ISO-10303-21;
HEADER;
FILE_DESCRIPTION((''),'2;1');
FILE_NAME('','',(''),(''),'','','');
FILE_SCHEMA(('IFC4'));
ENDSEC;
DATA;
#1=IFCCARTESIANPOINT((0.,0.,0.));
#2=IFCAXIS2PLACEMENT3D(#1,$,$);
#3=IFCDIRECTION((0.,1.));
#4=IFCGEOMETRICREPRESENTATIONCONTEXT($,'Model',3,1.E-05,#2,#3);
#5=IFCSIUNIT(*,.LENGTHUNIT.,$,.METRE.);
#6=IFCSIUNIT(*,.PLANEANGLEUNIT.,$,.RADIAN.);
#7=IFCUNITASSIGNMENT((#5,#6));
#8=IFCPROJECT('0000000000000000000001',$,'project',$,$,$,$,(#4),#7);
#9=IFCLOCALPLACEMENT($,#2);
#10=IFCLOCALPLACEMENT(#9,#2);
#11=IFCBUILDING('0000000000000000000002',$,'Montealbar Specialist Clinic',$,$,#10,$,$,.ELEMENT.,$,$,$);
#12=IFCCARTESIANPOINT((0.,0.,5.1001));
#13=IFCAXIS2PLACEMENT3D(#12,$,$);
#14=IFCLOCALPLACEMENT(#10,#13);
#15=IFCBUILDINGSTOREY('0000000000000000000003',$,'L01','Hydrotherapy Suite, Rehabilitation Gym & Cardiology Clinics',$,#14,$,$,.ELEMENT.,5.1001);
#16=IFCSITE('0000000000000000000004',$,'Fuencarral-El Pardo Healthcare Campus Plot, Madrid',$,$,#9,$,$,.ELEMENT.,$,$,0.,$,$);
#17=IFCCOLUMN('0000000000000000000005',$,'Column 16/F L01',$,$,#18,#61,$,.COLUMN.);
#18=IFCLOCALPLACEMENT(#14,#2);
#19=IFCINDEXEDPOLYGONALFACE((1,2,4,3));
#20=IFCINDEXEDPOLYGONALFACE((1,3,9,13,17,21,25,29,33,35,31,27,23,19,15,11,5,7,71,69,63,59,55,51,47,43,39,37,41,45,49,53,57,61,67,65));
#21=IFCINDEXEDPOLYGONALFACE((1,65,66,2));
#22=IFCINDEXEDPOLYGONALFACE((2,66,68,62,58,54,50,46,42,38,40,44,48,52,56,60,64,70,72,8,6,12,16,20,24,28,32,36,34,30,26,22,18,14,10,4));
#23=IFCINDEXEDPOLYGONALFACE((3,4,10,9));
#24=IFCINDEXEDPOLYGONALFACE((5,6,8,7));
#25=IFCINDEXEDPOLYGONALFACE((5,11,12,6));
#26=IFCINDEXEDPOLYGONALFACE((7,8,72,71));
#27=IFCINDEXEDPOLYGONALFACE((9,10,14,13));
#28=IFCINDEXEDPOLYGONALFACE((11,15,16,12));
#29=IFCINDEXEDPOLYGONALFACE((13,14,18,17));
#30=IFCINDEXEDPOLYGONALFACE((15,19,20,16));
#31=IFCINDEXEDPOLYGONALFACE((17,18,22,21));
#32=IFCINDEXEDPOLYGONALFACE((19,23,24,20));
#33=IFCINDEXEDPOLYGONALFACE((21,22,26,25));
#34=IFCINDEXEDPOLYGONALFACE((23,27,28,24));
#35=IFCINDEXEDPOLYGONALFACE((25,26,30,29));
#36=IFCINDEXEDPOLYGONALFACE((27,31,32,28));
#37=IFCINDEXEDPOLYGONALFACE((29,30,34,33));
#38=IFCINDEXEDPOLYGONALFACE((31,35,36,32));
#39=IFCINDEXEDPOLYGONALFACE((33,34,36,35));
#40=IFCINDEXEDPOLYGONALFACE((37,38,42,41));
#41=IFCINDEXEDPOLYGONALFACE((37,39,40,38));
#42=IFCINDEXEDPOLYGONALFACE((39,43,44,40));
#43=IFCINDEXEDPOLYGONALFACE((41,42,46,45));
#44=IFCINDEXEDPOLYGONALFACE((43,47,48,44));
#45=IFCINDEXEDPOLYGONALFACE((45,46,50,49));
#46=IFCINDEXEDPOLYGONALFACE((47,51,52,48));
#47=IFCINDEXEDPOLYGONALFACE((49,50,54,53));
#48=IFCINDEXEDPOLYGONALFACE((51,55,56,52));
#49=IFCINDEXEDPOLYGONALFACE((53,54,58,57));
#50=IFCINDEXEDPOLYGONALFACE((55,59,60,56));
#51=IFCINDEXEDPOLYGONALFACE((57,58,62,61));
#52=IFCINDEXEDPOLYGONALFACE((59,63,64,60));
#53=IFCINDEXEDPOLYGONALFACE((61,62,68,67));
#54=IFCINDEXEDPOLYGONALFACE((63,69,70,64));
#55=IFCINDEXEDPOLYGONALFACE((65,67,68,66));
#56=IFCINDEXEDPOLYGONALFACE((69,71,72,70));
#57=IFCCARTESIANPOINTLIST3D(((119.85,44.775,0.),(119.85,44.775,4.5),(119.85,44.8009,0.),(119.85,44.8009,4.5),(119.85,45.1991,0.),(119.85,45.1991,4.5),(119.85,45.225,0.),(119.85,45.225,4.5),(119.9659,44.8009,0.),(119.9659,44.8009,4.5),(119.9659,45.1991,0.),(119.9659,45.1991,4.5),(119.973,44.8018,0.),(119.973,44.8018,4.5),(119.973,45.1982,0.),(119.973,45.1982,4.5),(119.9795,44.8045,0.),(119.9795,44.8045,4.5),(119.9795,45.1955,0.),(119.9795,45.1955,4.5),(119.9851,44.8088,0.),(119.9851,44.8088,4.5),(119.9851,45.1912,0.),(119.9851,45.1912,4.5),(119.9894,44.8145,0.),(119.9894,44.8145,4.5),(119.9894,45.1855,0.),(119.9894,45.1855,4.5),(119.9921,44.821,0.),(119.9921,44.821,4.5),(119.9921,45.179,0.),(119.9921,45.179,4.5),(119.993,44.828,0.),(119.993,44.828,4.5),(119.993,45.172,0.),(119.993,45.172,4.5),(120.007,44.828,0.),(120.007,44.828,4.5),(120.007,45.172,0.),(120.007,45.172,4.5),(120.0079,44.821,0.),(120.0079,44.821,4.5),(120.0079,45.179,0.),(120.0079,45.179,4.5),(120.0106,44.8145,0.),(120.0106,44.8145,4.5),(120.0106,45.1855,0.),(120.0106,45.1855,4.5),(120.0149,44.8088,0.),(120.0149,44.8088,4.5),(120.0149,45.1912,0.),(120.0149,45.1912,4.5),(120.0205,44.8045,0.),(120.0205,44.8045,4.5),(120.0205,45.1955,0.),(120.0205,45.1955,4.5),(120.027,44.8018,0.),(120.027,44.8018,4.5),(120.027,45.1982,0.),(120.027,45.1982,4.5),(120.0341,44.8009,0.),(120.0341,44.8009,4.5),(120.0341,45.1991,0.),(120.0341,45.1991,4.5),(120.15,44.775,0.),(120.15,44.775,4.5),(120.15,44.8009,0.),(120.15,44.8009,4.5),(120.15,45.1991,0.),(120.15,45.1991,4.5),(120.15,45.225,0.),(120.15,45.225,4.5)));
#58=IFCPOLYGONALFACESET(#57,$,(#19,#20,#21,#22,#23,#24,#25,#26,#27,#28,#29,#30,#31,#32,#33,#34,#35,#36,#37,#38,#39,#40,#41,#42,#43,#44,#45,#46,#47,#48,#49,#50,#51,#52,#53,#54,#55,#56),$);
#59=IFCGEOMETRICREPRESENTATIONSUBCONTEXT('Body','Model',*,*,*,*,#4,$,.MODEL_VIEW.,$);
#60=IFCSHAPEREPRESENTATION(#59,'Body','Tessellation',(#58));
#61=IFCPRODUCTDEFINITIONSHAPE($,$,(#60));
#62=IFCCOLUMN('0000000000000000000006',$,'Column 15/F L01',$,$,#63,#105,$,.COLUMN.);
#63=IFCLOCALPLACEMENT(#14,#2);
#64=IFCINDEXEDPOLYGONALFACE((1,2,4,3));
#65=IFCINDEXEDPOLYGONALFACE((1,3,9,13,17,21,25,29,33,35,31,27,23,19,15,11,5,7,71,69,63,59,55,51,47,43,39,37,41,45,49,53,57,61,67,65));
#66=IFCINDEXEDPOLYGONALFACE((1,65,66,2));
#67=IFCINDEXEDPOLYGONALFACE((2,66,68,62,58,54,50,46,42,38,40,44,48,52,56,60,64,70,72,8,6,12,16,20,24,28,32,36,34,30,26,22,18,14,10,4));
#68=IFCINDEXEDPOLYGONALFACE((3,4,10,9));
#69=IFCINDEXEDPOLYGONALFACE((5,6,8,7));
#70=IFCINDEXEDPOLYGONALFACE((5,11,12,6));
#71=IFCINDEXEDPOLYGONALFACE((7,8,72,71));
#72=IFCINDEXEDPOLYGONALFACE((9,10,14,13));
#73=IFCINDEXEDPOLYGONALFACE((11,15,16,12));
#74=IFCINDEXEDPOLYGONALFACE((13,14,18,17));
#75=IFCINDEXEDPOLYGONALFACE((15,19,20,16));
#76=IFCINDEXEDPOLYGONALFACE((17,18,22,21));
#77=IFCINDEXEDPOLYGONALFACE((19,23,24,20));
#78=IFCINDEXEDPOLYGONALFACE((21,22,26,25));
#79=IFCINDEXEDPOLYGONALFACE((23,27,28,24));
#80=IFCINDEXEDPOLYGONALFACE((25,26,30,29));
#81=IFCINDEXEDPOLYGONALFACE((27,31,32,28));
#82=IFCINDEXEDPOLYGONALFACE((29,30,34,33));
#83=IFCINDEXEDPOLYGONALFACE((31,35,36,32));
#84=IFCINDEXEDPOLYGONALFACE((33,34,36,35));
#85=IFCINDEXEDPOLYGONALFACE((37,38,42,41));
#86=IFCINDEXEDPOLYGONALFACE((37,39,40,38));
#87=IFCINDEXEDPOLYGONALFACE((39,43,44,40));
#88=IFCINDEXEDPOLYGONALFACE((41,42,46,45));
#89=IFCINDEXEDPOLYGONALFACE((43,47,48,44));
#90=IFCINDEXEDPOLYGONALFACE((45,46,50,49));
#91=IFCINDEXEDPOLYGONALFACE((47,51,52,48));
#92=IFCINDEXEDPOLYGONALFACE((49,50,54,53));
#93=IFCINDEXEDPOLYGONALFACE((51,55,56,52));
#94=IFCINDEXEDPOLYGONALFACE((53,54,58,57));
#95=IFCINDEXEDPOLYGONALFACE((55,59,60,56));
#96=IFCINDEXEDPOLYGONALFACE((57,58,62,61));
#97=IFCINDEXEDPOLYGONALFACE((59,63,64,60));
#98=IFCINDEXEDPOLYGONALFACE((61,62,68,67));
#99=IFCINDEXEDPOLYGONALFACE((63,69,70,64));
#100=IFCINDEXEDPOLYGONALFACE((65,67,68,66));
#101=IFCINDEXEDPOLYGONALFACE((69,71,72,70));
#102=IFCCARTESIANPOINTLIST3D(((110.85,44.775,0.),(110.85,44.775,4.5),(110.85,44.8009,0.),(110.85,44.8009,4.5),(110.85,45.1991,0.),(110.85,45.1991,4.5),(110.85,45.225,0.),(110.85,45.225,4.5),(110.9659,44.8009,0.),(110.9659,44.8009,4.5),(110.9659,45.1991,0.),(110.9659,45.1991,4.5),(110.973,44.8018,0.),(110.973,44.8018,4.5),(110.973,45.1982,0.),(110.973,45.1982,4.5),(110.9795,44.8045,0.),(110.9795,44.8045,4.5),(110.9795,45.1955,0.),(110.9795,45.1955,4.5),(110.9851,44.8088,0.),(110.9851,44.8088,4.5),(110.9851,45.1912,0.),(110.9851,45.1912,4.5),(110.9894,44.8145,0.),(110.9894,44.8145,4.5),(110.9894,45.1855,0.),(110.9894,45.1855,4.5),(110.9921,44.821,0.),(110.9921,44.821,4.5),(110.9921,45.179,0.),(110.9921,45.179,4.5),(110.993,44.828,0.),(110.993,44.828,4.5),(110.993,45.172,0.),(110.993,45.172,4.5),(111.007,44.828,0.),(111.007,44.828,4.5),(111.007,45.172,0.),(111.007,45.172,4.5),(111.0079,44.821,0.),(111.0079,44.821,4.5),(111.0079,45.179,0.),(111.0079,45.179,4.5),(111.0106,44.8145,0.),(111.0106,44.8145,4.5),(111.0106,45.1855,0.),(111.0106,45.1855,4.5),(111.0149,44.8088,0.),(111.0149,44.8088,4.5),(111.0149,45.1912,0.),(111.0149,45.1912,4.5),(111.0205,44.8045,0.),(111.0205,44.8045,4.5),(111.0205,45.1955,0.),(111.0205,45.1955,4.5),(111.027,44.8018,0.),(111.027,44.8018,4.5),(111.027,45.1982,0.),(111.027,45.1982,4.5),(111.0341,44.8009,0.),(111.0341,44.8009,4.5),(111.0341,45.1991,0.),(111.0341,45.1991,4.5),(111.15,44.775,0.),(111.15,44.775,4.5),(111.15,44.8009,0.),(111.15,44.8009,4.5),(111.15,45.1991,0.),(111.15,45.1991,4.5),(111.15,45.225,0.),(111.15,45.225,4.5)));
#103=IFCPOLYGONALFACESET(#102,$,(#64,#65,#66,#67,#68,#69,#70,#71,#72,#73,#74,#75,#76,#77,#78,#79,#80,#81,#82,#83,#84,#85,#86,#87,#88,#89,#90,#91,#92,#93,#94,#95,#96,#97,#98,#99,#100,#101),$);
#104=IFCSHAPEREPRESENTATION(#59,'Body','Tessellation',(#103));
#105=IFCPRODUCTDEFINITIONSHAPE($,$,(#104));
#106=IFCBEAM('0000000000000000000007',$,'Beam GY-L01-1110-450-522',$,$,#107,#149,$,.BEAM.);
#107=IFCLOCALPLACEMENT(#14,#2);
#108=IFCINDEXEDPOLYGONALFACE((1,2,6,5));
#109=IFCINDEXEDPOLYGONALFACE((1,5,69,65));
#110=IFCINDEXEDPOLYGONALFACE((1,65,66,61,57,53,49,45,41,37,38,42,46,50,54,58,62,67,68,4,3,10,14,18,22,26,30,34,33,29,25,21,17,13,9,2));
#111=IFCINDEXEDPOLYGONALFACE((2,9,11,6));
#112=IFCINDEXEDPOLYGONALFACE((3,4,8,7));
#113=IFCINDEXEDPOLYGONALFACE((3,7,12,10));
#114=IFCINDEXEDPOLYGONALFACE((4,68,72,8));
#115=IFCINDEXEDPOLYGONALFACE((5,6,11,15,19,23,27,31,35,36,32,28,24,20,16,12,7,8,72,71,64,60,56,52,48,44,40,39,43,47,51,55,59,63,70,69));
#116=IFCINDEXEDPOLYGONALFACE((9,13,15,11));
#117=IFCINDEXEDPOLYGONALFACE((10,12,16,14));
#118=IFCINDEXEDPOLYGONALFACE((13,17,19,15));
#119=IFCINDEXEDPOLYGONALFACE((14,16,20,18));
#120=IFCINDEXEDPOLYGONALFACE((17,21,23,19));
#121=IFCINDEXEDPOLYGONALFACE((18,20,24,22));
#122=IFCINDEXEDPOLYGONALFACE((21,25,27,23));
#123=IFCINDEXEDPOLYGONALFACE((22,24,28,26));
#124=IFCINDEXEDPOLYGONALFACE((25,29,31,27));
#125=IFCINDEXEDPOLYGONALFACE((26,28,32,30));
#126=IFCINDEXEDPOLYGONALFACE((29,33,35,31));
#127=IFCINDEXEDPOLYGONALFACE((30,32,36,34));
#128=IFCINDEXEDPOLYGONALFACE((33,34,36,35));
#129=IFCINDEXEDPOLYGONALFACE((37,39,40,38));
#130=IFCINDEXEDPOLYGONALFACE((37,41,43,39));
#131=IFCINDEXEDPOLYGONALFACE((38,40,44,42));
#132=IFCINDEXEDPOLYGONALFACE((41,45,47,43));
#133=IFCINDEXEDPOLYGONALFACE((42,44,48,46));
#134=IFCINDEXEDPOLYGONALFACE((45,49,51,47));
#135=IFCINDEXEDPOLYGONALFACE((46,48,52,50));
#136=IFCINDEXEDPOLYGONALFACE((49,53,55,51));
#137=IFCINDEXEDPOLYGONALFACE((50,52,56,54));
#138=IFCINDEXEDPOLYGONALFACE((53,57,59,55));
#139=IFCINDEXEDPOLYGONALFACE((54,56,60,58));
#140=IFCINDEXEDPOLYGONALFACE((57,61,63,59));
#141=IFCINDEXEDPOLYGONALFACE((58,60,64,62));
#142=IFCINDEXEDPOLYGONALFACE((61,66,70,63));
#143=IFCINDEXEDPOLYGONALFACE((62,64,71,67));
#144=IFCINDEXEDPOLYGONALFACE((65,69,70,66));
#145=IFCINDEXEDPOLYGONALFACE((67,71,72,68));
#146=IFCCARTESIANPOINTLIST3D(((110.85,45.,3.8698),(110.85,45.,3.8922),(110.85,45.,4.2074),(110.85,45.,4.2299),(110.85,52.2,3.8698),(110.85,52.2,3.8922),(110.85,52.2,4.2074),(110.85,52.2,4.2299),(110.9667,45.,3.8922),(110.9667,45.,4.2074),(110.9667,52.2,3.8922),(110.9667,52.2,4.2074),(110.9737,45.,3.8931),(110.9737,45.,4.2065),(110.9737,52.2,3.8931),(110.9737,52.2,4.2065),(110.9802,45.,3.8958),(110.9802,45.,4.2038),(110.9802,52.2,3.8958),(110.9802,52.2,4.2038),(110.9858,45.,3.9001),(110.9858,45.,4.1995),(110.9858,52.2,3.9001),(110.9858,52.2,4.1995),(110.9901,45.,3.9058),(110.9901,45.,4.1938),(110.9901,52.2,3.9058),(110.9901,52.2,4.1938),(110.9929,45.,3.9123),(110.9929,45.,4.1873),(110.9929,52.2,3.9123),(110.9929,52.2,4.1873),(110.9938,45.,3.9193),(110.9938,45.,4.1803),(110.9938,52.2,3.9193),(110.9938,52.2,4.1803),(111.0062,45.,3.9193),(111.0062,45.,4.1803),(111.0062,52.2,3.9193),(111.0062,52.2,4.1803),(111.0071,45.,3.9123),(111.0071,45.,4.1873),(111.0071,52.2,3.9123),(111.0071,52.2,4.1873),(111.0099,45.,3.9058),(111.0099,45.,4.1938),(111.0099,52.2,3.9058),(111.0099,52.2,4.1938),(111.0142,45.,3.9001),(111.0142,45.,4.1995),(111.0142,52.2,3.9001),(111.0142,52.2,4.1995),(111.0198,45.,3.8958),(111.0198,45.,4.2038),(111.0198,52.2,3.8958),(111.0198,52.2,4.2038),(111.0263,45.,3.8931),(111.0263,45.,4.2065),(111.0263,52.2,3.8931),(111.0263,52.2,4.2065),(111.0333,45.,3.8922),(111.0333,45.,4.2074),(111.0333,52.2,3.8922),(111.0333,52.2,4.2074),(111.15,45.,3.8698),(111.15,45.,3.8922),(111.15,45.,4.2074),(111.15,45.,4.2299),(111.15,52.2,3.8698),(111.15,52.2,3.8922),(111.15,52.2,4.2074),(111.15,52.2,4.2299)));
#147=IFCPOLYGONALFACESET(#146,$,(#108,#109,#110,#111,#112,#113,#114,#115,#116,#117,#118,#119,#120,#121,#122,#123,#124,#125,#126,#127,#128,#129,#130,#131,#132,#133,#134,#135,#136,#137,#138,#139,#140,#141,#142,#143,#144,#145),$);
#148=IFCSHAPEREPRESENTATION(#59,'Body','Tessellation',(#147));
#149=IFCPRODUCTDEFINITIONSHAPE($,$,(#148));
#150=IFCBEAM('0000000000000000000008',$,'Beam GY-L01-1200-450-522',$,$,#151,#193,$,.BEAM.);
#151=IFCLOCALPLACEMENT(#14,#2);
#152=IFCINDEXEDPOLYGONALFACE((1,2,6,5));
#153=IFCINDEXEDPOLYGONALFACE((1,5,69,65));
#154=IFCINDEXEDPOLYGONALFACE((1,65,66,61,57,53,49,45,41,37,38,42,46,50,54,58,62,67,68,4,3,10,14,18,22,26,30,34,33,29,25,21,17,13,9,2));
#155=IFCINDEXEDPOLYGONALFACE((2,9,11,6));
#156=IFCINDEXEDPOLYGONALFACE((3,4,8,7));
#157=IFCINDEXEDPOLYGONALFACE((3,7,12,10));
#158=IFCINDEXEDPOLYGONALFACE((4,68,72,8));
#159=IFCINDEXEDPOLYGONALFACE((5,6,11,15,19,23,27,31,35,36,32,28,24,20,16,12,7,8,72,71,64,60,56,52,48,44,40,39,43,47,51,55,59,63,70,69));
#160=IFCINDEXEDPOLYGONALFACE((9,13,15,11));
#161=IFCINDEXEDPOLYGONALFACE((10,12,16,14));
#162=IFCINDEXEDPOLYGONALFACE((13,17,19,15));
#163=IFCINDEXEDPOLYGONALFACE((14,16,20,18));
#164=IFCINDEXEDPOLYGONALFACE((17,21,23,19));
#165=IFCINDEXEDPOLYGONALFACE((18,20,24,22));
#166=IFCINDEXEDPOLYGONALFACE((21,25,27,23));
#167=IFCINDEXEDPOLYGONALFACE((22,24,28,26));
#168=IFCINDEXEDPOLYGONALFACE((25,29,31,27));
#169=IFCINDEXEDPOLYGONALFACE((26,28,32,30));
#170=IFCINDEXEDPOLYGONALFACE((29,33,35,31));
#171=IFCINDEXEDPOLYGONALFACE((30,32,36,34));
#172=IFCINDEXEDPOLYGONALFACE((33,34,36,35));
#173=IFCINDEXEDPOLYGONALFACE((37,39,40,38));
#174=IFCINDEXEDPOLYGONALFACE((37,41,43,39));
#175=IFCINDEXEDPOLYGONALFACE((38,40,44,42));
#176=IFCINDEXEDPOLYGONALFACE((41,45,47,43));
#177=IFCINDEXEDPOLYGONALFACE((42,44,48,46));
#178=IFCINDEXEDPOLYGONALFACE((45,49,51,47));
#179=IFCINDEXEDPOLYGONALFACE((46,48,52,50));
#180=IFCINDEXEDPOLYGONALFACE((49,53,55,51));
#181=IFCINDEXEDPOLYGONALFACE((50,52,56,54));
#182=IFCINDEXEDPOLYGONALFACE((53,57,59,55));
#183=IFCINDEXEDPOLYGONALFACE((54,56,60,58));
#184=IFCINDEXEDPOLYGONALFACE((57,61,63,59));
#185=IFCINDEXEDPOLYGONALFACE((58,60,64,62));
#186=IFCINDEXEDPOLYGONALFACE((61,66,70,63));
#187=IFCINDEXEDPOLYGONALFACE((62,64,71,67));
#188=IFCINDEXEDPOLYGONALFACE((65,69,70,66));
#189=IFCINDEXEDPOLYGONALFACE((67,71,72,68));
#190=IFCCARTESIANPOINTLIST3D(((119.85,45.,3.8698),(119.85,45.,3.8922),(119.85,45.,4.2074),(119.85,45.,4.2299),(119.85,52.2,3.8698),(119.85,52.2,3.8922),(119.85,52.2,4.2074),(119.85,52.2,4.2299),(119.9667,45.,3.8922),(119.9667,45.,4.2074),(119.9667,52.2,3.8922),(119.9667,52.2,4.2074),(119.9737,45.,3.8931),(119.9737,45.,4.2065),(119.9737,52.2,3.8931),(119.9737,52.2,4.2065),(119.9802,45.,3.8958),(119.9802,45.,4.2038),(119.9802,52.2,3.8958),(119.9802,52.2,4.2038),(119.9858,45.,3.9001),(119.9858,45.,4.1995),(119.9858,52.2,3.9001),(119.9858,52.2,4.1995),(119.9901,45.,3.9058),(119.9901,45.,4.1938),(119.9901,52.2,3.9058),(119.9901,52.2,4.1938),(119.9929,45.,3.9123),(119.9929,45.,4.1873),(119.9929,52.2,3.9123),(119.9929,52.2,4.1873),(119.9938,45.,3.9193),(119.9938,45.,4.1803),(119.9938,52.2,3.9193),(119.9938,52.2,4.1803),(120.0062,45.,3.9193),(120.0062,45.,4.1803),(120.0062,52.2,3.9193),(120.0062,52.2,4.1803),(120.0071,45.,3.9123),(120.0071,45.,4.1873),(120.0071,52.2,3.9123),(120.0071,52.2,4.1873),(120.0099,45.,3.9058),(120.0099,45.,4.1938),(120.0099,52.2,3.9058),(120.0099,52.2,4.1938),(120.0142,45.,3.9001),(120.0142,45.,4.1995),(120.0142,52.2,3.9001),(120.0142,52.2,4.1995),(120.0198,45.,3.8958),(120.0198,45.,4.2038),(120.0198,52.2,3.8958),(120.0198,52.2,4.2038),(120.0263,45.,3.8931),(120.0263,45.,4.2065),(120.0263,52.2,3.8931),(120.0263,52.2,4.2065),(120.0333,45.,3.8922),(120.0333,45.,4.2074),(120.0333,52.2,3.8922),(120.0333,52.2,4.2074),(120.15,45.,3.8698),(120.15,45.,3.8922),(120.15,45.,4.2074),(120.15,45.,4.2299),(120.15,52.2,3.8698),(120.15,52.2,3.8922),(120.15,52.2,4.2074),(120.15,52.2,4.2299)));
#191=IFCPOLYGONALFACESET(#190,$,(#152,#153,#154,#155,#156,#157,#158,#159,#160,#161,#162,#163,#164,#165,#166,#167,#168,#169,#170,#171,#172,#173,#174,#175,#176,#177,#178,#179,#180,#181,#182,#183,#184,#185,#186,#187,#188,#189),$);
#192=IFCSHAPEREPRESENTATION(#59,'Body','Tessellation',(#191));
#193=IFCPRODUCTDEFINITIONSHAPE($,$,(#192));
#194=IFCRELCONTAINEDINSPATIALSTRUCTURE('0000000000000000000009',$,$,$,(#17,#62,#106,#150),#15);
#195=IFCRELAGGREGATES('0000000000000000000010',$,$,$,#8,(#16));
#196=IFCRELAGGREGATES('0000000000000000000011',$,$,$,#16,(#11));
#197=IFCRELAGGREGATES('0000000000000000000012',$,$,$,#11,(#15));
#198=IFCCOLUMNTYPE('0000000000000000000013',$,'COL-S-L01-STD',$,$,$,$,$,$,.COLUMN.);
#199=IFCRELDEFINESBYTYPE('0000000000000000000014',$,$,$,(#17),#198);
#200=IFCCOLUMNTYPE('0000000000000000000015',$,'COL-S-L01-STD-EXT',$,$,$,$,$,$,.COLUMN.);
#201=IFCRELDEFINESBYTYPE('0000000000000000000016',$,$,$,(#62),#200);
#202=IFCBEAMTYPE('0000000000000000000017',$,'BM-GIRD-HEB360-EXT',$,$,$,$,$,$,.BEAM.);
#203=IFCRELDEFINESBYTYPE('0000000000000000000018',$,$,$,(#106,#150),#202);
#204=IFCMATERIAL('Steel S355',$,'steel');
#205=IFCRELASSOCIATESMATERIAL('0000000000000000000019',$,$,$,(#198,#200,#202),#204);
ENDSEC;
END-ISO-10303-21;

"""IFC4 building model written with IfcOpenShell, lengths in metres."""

from ifc_helpers import new_model, si_unit, direction, frame, origin, origin_2d, place, context, subcontext, project, spatial, i_section, extrude, material, material_profile, profile_set, type_object, element, save


model = new_model("IFC4")

# Units and contexts
model_context = context("Model", 3, precision=1e-05, world=origin(), true_north=direction((0.0, 1.0)))
body_context = subcontext(model_context, "Body", "Model", "MODEL_VIEW")
ifc_project = project(units=[si_unit("LENGTHUNIT", "METRE"), si_unit("PLANEANGLEUNIT", "RADIAN")], contexts=[model_context])

# Site, building, storey
site_placement = place(None, origin())
site = spatial("IfcSite", under=ifc_project, at=site_placement, Name="Fuencarral-El Pardo Healthcare Campus Plot, Madrid", CompositionType="ELEMENT", RefElevation=0.0)
building_placement = place(site_placement, origin())
building = spatial("IfcBuilding", under=site, at=building_placement, Name="Montealbar Specialist Clinic", CompositionType="ELEMENT")
storey_placement = place(building_placement, frame((0.0, 0.0, 5.1001)))
storey = spatial("IfcBuildingStorey", under=building, at=storey_placement, Name="L01", Description="Hydrotherapy Suite, Rehabilitation Gym & Cardiology Clinics", CompositionType="ELEMENT", Elevation=5.1001)

# Columns
ifc_material_1 = material(Name="Steel S355", Category="steel")
ifc_material_profile_1 = material_profile(ifc_material_1, i_section(OverallWidth=0.3, OverallDepth=0.45, WebThickness=0.0139, FlangeThickness=0.0259, FilletRadius=0.0271, at=origin_2d()), Name="HEB 450", Category="steel")
ifc_profile_set_1 = profile_set([ifc_material_profile_1], Name="Steel S355")
column_type_1 = type_object("IfcColumnType", Name="COL-S-L01-STD", PredefinedType="COLUMN", material=ifc_profile_set_1)
column_1_placement = place(storey_placement, frame((120.0, 45.0, 0.0), z_axis=(0.0, 0.0, 1.0), x_axis=(1.0, 0.0, 0.0)))
element("IfcColumn", 1, at=column_1_placement, inside=storey, type_object=column_type_1, Name="Column 16/F L01", PredefinedType="COLUMN", context=body_context, shape_type="SweptSolid", body=[
    extrude(i_section(OverallWidth=0.3, OverallDepth=0.45, WebThickness=0.0139, FlangeThickness=0.0259, FilletRadius=0.0271, at=origin_2d()), origin(), (0.0, 0.0, 1.0), 4.5),
])
ifc_material_profile_2 = material_profile(ifc_material_1, i_section(OverallWidth=0.3, OverallDepth=0.45, WebThickness=0.0139, FlangeThickness=0.0259, FilletRadius=0.0271, at=origin_2d()), Name="HEB 450", Category="steel")
ifc_profile_set_2 = profile_set([ifc_material_profile_2], Name="Steel S355")
column_type_2 = type_object("IfcColumnType", Name="COL-S-L01-STD-EXT", PredefinedType="COLUMN", material=ifc_profile_set_2)
column_2_placement = place(storey_placement, frame((111.0, 45.0, 0.0), z_axis=(0.0, 0.0, 1.0), x_axis=(1.0, 0.0, 0.0)))
element("IfcColumn", 2, at=column_2_placement, inside=storey, type_object=column_type_2, Name="Column 15/F L01", PredefinedType="COLUMN", context=body_context, shape_type="SweptSolid", body=[
    extrude(i_section(OverallWidth=0.3, OverallDepth=0.45, WebThickness=0.0139, FlangeThickness=0.0259, FilletRadius=0.0271, at=origin_2d()), origin(), (0.0, 0.0, 1.0), 4.5),
])

# Beams
ifc_material_profile_3 = material_profile(ifc_material_1, i_section(OverallWidth=0.3, OverallDepth=0.3601, WebThickness=0.0125, FlangeThickness=0.0225, FilletRadius=0.0271, at=origin_2d()), Name="HEB 360", Category="steel")
ifc_profile_set_3 = profile_set([ifc_material_profile_3], Name="Steel S355")
beam_type_1 = type_object("IfcBeamType", Name="BM-GIRD-HEB360-EXT", PredefinedType="BEAM", material=ifc_profile_set_3)
for number, where, z_axis, x_axis, name in (
    (3, (111.0, 45.0, 4.0498), (0.0, 1.0, 0.0), (-1.0, 0.0, 0.0), "Beam GY-L01-1110-450-522"),
    (4, (120.0, 45.0, 4.0498), (0.0, 1.0, 0.0), (-1.0, 0.0, 0.0), "Beam GY-L01-1200-450-522"),
):
    element("IfcBeam", number, at=place(storey_placement, frame(where, z_axis=z_axis, x_axis=x_axis)), inside=storey, type_object=beam_type_1, Name=name, PredefinedType="BEAM", context=body_context, shape_type="SweptSolid", body=[
        extrude(i_section(OverallWidth=0.3, OverallDepth=0.3601, WebThickness=0.0125, FlangeThickness=0.0225, FilletRadius=0.0271, at=origin_2d()), origin(), (0.0, 0.0, 1.0), 7.2),
    ])

save(model, "model.ifc")
